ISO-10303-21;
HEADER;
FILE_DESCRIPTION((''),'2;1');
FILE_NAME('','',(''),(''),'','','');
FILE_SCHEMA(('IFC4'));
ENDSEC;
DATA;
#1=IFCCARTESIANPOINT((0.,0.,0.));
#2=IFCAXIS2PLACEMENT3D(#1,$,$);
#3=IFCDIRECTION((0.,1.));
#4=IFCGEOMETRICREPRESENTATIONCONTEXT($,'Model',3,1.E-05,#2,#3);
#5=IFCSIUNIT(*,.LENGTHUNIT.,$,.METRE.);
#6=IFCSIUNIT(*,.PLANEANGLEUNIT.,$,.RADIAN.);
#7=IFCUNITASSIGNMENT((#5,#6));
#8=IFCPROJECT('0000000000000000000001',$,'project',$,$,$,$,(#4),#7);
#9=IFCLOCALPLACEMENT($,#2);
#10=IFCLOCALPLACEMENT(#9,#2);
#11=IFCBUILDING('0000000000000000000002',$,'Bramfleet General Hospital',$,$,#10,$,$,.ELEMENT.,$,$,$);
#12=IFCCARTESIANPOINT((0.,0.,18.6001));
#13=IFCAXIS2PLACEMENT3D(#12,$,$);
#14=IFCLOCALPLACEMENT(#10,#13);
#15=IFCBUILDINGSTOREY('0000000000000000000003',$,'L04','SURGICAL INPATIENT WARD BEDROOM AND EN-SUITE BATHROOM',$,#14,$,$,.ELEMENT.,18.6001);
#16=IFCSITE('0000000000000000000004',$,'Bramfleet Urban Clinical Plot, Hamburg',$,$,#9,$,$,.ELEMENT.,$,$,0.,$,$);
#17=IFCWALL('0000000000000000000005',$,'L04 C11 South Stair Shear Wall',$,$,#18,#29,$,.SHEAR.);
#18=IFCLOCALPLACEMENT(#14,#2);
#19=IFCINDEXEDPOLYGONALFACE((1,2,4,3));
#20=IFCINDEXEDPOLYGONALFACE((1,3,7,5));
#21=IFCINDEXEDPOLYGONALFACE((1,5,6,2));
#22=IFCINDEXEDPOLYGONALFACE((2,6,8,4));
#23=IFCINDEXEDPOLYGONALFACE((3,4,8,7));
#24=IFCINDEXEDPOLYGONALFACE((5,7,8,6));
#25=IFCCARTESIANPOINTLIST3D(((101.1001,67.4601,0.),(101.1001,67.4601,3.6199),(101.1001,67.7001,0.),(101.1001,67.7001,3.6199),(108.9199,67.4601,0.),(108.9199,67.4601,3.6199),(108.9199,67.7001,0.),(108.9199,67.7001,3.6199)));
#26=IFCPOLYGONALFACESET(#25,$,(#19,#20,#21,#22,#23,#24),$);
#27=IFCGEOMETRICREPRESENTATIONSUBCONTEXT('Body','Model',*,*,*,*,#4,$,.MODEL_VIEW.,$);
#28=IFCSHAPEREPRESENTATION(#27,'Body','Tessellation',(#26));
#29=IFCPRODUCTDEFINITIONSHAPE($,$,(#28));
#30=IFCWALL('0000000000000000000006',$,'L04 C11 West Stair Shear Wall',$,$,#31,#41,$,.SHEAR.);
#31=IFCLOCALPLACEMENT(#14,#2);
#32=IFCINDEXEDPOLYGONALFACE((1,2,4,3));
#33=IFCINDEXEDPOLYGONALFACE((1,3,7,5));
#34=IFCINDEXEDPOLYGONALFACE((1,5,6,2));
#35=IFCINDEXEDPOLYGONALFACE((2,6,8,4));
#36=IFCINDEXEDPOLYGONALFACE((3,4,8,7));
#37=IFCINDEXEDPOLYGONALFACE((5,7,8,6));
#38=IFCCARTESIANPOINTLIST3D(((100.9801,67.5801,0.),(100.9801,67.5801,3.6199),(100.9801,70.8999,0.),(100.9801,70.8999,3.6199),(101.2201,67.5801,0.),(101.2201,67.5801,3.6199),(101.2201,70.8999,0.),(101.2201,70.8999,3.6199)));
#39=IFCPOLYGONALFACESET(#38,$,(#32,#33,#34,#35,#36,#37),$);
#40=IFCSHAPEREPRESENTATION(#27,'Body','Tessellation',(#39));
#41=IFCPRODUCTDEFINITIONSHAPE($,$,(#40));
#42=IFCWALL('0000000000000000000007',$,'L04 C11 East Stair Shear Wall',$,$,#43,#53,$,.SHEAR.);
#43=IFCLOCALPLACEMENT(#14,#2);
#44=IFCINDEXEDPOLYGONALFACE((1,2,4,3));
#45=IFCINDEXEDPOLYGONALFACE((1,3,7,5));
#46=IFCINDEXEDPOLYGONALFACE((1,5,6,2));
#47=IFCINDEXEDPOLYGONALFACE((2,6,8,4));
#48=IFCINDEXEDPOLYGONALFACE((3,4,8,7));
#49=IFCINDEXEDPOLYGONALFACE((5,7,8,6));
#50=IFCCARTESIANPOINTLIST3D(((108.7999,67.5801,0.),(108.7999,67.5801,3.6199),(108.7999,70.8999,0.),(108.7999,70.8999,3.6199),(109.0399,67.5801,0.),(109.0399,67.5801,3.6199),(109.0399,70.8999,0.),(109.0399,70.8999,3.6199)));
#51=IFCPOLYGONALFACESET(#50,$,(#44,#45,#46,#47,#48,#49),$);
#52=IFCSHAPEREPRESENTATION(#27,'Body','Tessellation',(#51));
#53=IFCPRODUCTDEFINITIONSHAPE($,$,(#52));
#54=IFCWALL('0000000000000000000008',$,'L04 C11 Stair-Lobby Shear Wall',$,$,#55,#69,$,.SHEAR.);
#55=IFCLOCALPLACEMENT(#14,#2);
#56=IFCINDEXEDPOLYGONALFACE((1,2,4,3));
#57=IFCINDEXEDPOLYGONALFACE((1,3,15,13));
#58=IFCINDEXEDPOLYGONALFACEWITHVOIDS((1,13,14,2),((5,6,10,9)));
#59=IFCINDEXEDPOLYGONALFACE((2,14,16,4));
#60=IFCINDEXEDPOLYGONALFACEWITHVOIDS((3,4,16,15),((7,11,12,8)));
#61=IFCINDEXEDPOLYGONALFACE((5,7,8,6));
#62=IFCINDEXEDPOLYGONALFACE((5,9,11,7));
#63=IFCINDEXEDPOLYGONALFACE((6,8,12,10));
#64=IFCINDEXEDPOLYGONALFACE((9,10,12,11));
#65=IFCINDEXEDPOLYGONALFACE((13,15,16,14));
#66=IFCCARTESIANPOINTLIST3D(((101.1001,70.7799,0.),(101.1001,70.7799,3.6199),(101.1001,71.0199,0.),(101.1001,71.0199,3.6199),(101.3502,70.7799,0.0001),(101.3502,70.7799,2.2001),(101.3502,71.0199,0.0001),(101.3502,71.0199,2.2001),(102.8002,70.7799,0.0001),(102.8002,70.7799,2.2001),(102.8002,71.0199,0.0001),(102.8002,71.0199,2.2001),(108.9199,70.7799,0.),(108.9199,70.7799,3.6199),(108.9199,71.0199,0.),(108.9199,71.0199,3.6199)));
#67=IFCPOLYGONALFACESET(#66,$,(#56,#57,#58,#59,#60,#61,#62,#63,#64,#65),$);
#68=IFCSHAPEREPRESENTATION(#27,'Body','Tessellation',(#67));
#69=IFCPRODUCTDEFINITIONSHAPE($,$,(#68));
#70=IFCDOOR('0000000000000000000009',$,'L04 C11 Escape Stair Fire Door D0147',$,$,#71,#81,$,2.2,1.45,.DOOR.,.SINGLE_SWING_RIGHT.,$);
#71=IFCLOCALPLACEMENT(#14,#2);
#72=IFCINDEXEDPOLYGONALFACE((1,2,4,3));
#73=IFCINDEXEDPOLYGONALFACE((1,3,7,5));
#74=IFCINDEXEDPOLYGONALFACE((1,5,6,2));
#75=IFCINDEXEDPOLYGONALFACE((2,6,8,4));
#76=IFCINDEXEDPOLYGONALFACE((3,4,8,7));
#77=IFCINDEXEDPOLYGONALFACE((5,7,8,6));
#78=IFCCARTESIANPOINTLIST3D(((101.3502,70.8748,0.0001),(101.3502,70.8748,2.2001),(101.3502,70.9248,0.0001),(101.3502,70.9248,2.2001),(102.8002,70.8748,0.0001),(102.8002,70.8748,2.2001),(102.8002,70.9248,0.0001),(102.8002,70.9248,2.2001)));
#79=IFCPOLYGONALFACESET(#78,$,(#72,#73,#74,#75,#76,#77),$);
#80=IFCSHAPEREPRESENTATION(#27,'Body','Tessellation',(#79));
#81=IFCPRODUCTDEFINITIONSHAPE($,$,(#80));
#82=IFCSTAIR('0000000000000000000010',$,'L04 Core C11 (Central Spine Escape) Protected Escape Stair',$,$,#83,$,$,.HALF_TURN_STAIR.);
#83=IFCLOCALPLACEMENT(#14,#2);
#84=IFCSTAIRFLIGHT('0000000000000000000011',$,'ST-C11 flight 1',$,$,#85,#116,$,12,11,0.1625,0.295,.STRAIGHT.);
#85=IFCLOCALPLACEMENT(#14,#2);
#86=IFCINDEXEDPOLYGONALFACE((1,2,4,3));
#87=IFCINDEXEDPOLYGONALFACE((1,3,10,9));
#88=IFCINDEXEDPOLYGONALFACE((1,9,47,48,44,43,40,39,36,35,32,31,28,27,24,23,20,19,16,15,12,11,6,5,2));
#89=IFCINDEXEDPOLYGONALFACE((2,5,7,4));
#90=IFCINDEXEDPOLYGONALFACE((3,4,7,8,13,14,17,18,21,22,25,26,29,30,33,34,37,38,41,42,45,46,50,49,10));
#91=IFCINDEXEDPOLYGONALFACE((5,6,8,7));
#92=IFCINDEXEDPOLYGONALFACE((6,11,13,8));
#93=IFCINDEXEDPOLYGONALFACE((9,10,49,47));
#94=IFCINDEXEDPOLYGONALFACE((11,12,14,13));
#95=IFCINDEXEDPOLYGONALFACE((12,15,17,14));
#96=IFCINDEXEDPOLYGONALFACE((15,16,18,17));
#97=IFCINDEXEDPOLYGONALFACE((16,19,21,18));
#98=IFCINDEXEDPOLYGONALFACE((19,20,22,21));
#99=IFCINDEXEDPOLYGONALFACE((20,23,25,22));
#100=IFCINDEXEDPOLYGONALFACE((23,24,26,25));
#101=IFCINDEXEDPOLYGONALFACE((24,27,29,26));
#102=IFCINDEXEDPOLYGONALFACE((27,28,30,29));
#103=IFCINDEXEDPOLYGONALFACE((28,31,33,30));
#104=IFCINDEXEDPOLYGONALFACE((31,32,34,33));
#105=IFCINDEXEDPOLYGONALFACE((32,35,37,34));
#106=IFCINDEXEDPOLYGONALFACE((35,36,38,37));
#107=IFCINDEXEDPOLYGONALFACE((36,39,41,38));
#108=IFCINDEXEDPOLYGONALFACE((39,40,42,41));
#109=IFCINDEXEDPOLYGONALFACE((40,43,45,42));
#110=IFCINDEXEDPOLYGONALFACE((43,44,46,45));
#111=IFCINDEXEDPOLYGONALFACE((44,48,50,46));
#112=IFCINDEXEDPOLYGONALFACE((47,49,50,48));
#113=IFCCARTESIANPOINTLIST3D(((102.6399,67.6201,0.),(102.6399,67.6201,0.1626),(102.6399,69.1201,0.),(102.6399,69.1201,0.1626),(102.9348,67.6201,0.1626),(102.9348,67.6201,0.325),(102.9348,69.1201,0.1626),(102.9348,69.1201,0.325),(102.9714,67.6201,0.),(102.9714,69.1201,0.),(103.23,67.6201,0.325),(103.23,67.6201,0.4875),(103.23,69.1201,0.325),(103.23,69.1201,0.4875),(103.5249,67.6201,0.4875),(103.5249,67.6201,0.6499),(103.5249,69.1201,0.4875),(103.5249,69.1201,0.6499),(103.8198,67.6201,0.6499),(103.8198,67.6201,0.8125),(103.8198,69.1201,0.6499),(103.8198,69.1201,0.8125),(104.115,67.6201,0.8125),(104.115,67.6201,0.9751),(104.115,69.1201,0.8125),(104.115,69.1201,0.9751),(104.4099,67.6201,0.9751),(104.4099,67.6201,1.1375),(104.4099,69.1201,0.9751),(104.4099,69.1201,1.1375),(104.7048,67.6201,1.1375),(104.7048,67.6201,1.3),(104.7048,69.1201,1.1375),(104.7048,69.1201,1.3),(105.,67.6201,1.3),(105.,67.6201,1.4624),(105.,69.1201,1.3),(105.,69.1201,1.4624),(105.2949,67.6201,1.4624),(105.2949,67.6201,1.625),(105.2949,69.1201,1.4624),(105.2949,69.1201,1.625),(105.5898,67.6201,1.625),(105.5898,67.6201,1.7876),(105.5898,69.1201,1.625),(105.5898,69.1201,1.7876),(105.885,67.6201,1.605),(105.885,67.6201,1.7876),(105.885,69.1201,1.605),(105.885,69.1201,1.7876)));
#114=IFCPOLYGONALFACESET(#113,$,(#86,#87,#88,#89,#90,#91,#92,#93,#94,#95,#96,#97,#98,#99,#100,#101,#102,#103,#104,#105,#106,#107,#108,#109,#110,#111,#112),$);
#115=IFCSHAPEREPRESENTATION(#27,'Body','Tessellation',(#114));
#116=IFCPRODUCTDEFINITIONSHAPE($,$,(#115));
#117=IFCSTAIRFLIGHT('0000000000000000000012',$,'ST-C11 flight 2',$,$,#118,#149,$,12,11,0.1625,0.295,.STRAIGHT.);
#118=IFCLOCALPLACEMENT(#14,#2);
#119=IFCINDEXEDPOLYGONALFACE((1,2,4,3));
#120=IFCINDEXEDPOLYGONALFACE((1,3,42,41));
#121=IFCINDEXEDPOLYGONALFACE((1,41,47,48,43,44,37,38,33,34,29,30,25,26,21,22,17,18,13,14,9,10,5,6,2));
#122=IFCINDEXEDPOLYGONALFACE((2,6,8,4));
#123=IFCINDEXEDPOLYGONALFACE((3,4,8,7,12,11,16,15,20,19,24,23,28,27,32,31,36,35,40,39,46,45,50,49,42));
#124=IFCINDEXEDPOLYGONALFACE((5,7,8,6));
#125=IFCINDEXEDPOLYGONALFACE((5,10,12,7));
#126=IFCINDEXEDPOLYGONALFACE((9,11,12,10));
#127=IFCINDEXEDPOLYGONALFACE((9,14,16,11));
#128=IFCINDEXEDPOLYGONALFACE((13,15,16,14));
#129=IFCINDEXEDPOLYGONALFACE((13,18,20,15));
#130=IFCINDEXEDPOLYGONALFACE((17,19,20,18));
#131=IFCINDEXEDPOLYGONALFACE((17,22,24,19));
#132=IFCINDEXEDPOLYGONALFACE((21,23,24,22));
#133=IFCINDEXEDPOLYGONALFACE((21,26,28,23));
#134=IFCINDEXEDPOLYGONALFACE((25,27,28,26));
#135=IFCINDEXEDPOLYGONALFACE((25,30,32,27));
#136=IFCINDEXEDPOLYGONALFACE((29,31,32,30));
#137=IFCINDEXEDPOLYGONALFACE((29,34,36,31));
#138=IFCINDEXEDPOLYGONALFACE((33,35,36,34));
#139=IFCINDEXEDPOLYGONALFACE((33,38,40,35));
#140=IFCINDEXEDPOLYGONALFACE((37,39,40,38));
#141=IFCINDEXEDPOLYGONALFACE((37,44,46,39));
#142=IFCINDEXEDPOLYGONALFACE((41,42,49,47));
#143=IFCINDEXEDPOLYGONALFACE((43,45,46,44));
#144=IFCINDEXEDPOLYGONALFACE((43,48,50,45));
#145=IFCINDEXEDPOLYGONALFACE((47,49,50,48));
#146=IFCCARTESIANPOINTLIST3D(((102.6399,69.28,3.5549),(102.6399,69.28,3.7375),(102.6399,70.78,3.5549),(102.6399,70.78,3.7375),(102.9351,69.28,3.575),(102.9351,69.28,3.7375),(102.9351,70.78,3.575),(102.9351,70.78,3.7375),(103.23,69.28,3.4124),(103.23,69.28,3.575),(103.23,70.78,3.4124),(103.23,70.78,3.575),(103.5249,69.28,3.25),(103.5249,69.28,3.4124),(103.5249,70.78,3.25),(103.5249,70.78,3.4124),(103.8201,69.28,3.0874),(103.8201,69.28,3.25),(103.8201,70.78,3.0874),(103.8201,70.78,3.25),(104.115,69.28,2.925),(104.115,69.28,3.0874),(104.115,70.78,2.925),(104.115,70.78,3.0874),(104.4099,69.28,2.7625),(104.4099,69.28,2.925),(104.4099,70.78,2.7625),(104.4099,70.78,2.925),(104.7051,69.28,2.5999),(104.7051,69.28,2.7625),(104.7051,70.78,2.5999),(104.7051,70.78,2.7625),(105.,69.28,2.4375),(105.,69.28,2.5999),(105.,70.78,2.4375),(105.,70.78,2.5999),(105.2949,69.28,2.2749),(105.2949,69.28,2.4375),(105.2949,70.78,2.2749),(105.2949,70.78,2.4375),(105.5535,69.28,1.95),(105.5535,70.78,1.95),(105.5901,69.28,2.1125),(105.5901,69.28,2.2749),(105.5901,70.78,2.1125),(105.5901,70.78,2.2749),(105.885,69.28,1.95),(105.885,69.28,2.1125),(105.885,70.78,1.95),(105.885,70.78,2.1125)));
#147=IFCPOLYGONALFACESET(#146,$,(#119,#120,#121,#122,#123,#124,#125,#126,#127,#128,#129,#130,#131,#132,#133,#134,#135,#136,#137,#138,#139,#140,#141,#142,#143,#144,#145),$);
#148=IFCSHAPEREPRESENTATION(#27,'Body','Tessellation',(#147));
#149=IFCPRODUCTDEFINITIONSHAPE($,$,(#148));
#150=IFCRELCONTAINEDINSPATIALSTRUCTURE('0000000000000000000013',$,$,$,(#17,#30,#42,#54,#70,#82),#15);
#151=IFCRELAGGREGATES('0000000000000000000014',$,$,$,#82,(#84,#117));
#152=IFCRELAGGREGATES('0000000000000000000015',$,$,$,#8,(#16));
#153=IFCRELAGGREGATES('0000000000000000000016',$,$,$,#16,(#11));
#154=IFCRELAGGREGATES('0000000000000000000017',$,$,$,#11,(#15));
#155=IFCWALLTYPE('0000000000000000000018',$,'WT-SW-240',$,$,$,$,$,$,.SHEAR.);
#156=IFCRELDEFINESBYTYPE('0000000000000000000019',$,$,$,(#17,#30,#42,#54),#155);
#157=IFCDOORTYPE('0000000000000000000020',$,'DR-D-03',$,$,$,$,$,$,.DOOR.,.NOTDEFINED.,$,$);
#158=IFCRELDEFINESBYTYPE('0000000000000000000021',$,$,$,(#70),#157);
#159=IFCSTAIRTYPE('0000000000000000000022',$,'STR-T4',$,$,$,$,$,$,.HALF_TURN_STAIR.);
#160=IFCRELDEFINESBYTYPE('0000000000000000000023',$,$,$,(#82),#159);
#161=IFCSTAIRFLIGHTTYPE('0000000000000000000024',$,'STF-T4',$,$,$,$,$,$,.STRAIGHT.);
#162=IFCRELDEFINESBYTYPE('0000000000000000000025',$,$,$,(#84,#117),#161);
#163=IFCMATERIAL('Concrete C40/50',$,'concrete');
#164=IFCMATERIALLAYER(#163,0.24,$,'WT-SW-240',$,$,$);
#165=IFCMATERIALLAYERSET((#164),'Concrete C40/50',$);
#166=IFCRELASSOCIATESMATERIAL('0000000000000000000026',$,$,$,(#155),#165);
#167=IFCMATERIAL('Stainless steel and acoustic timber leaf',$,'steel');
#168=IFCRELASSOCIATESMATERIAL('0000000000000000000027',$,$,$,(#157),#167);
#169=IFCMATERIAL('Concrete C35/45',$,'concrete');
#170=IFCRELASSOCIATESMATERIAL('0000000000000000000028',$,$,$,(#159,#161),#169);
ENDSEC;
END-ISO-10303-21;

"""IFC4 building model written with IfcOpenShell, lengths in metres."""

from ifc_helpers import new_model, si_unit, direction, frame, frame_2d, origin, place, context, subcontext, project, spatial, polyline, rectangle, outline, extrude, material, layer, layer_set, type_object, element, fill, aggregate, save


model = new_model("IFC4")

# Units and contexts
model_context = context("Model", 3, precision=1e-05, world=origin(), true_north=direction((0.0, 1.0)))
body_context = subcontext(model_context, "Body", "Model", "MODEL_VIEW")
ifc_project = project(units=[si_unit("LENGTHUNIT", "METRE"), si_unit("PLANEANGLEUNIT", "RADIAN")], contexts=[model_context])

# Site, building, storey
site_placement = place(None, origin())
site = spatial("IfcSite", under=ifc_project, at=site_placement, Name="Bramfleet Urban Clinical Plot, Hamburg", CompositionType="ELEMENT", RefElevation=0.0)
building_placement = place(site_placement, origin())
building = spatial("IfcBuilding", under=site, at=building_placement, Name="Bramfleet General Hospital", CompositionType="ELEMENT")
storey_placement = place(building_placement, frame((0.0, 0.0, 18.6001)))
storey = spatial("IfcBuildingStorey", under=building, at=storey_placement, Name="L04", Description="SURGICAL INPATIENT WARD BEDROOM AND EN-SUITE BATHROOM", CompositionType="ELEMENT", Elevation=18.6001)

# Shared definitions
ifc_material_1 = material(Name="Concrete C40/50", Category="concrete")

# Shared definitions
ifc_material_2 = material(Name="Concrete C35/45", Category="concrete")

# Shared definitions
ifc_material_3 = material(Name="Stainless steel and acoustic timber leaf", Category="steel")

# Walls
ifc_layer_1 = layer(ifc_material_1, 0.24, Name="WT-SW-240")
ifc_layer_set_1 = layer_set([ifc_layer_1], Name="Concrete C40/50")
wall_type_1 = type_object("IfcWallType", Name="WT-SW-240", PredefinedType="SHEAR", material=ifc_layer_set_1)
wall_1_placement = place(storey_placement, frame((101.1001, 67.5801, 0.0), z_axis=(0.0, 0.0, 1.0), x_axis=(1.0, 0.0, 0.0)))
element("IfcWall", 1, at=wall_1_placement, inside=storey, type_object=wall_type_1, Name="L04 C11 South Stair Shear Wall", PredefinedType="SHEAR", context=body_context, shape_type="SweptSolid", body=[
    extrude(rectangle(XDim=7.8198, YDim=0.24, at=frame_2d((3.9099, 0.0))), origin(), (0.0, 0.0, 1.0), 3.6199),
])
for number, where, z_axis, x_axis, name in (
    (2, (101.1001, 67.5801, 0.0), (0.0, 0.0, 1.0), (0.0, 1.0, 0.0), "L04 C11 West Stair Shear Wall"),
    (3, (108.9199, 67.5801, 0.0), (0.0, 0.0, 1.0), (0.0, 1.0, 0.0), "L04 C11 East Stair Shear Wall"),
):
    element("IfcWall", number, at=place(storey_placement, frame(where, z_axis=z_axis, x_axis=x_axis)), inside=storey, type_object=wall_type_1, Name=name, PredefinedType="SHEAR", context=body_context, shape_type="SweptSolid", body=[
        extrude(rectangle(XDim=3.3198, YDim=0.24, at=frame_2d((1.6599, 0.0))), origin(), (0.0, 0.0, 1.0), 3.6199),
    ])

# Wall, opening, door
wall_2_placement = place(storey_placement, frame((101.1001, 70.8999, 0.0), z_axis=(0.0, 0.0, 1.0), x_axis=(1.0, 0.0, 0.0)))
wall_2 = element("IfcWall", 4, at=wall_2_placement, inside=storey, type_object=wall_type_1, Name="L04 C11 Stair-Lobby Shear Wall", PredefinedType="SHEAR", context=body_context, shape_type="SweptSolid", body=[
    extrude(rectangle(XDim=7.8198, YDim=0.24, at=frame_2d((3.9099, 0.0))), origin(), (0.0, 0.0, 1.0), 3.6199),
])
opening_1_placement = place(wall_2_placement, frame((0.25, 0.0, 0.0)))
opening_1 = element("IfcOpeningElement", 5, at=opening_1_placement, cuts=wall_2, PredefinedType="OPENING", context=body_context, shape_type="SweptSolid", body=[
    extrude(rectangle(XDim=1.45, YDim=2.2, at=frame_2d((0.7251, 1.1001))), frame((0.0, 0.1299, 0.0), z_axis=(0.0, -1.0, 0.0), x_axis=(1.0, 0.0, 0.0)), (0.0, 0.0, 1.0), 0.26),
])
door_type_1 = type_object("IfcDoorType", Name="DR-D-03", OperationType="NOTDEFINED", PredefinedType="DOOR", material=ifc_material_3)
door_1_placement = place(opening_1_placement, origin())
door_1 = element("IfcDoor", 6, at=door_1_placement, inside=storey, type_object=door_type_1, Name="L04 C11 Escape Stair Fire Door D0147", OperationType="SINGLE_SWING_RIGHT", OverallHeight=2.2, OverallWidth=1.45, PredefinedType="DOOR", context=body_context, shape_type="SweptSolid", body=[
    extrude(rectangle(XDim=1.45, YDim=2.2, at=frame_2d((0.7251, 1.1001))), frame((0.0, 0.0249, 0.0), z_axis=(0.0, -1.0, 0.0), x_axis=(1.0, 0.0, 0.0)), (0.0, 0.0, 1.0), 0.05),
])
fill(opening_1, door_1)

# Stair, stair flights
stair_type = type_object("IfcStairType", Name="STR-T4", PredefinedType="HALF_TURN_STAIR", material=ifc_material_2)
stair_placement = place(storey_placement, origin())
stair = element("IfcStair", 7, at=stair_placement, inside=storey, type_object=stair_type, Name="L04 Core C11 (Central Spine Escape) Protected Escape Stair", PredefinedType="HALF_TURN_STAIR")
stair_flight_type = type_object("IfcStairFlightType", Name="STF-T4", PredefinedType="STRAIGHT", material=ifc_material_2)
stair_flight_1_placement = place(storey_placement, frame((102.6399, 68.3701, 0.0), z_axis=(0.0, 0.0, 1.0), x_axis=(1.0, 0.0, 0.0)))
stair_flight_1 = element("IfcStairFlight", 8, at=stair_flight_1_placement, type_object=stair_flight_type, Name="ST-C11 flight 1", NumberOfRisers=12, NumberOfTreads=11, PredefinedType="STRAIGHT", RiserHeight=0.1625, TreadLength=0.295, context=body_context, shape_type="SweptSolid", body=[
    extrude(outline(polyline([(0.0, 0.0), (0.0, 0.1626), (0.2949, 0.1626), (0.2949, 0.325), (0.5901, 0.325), (0.5901, 0.4875), (0.885, 0.4875), (0.885, 0.6499), (1.1799, 0.6499), (1.1799, 0.8125), (1.4751, 0.8125), (1.4751, 0.9751), (1.77, 0.9751), (1.77, 1.1375), (2.0649, 1.1375), (2.0649, 1.3), (2.3601, 1.3), (2.3601, 1.4624), (2.655, 1.4624), (2.655, 1.625), (2.95, 1.625), (2.95, 1.7876), (3.2451, 1.7876), (3.2451, 1.95), (3.2451, 1.605), (0.3315, 0.0), (0.0, 0.0)])), frame((0.0, 0.75, 0.0), z_axis=(0.0, -1.0, 0.0), x_axis=(1.0, 0.0, 0.0)), (0.0, 0.0, 1.0), 1.5),
])
stair_flight_2_placement = place(storey_placement, frame((105.885, 70.03, 1.95), z_axis=(0.0, 0.0, 1.0), x_axis=(-1.0, 0.0, 0.0)))
stair_flight_2 = element("IfcStairFlight", 9, at=stair_flight_2_placement, type_object=stair_flight_type, Name="ST-C11 flight 2", NumberOfRisers=12, NumberOfTreads=11, PredefinedType="STRAIGHT", RiserHeight=0.1625, TreadLength=0.295, context=body_context, shape_type="SweptSolid", body=[
    extrude(outline(polyline([(0.0, 0.0), (0.0, 0.1626), (0.2949, 0.1626), (0.2949, 0.325), (0.5901, 0.325), (0.5901, 0.4875), (0.885, 0.4875), (0.885, 0.6499), (1.1799, 0.6499), (1.1799, 0.8125), (1.4751, 0.8125), (1.4751, 0.9751), (1.77, 0.9751), (1.77, 1.1375), (2.0649, 1.1375), (2.0649, 1.3), (2.3601, 1.3), (2.3601, 1.4624), (2.655, 1.4624), (2.655, 1.625), (2.95, 1.625), (2.95, 1.7876), (3.2451, 1.7876), (3.2451, 1.95), (3.2451, 1.605), (0.3315, 0.0), (0.0, 0.0)])), frame((0.0, 0.75, 0.0), z_axis=(0.0, -1.0, 0.0), x_axis=(1.0, 0.0, 0.0)), (0.0, 0.0, 1.0), 1.5),
])
aggregate(stair, [stair_flight_1, stair_flight_2])

save(model, "model.ifc")
